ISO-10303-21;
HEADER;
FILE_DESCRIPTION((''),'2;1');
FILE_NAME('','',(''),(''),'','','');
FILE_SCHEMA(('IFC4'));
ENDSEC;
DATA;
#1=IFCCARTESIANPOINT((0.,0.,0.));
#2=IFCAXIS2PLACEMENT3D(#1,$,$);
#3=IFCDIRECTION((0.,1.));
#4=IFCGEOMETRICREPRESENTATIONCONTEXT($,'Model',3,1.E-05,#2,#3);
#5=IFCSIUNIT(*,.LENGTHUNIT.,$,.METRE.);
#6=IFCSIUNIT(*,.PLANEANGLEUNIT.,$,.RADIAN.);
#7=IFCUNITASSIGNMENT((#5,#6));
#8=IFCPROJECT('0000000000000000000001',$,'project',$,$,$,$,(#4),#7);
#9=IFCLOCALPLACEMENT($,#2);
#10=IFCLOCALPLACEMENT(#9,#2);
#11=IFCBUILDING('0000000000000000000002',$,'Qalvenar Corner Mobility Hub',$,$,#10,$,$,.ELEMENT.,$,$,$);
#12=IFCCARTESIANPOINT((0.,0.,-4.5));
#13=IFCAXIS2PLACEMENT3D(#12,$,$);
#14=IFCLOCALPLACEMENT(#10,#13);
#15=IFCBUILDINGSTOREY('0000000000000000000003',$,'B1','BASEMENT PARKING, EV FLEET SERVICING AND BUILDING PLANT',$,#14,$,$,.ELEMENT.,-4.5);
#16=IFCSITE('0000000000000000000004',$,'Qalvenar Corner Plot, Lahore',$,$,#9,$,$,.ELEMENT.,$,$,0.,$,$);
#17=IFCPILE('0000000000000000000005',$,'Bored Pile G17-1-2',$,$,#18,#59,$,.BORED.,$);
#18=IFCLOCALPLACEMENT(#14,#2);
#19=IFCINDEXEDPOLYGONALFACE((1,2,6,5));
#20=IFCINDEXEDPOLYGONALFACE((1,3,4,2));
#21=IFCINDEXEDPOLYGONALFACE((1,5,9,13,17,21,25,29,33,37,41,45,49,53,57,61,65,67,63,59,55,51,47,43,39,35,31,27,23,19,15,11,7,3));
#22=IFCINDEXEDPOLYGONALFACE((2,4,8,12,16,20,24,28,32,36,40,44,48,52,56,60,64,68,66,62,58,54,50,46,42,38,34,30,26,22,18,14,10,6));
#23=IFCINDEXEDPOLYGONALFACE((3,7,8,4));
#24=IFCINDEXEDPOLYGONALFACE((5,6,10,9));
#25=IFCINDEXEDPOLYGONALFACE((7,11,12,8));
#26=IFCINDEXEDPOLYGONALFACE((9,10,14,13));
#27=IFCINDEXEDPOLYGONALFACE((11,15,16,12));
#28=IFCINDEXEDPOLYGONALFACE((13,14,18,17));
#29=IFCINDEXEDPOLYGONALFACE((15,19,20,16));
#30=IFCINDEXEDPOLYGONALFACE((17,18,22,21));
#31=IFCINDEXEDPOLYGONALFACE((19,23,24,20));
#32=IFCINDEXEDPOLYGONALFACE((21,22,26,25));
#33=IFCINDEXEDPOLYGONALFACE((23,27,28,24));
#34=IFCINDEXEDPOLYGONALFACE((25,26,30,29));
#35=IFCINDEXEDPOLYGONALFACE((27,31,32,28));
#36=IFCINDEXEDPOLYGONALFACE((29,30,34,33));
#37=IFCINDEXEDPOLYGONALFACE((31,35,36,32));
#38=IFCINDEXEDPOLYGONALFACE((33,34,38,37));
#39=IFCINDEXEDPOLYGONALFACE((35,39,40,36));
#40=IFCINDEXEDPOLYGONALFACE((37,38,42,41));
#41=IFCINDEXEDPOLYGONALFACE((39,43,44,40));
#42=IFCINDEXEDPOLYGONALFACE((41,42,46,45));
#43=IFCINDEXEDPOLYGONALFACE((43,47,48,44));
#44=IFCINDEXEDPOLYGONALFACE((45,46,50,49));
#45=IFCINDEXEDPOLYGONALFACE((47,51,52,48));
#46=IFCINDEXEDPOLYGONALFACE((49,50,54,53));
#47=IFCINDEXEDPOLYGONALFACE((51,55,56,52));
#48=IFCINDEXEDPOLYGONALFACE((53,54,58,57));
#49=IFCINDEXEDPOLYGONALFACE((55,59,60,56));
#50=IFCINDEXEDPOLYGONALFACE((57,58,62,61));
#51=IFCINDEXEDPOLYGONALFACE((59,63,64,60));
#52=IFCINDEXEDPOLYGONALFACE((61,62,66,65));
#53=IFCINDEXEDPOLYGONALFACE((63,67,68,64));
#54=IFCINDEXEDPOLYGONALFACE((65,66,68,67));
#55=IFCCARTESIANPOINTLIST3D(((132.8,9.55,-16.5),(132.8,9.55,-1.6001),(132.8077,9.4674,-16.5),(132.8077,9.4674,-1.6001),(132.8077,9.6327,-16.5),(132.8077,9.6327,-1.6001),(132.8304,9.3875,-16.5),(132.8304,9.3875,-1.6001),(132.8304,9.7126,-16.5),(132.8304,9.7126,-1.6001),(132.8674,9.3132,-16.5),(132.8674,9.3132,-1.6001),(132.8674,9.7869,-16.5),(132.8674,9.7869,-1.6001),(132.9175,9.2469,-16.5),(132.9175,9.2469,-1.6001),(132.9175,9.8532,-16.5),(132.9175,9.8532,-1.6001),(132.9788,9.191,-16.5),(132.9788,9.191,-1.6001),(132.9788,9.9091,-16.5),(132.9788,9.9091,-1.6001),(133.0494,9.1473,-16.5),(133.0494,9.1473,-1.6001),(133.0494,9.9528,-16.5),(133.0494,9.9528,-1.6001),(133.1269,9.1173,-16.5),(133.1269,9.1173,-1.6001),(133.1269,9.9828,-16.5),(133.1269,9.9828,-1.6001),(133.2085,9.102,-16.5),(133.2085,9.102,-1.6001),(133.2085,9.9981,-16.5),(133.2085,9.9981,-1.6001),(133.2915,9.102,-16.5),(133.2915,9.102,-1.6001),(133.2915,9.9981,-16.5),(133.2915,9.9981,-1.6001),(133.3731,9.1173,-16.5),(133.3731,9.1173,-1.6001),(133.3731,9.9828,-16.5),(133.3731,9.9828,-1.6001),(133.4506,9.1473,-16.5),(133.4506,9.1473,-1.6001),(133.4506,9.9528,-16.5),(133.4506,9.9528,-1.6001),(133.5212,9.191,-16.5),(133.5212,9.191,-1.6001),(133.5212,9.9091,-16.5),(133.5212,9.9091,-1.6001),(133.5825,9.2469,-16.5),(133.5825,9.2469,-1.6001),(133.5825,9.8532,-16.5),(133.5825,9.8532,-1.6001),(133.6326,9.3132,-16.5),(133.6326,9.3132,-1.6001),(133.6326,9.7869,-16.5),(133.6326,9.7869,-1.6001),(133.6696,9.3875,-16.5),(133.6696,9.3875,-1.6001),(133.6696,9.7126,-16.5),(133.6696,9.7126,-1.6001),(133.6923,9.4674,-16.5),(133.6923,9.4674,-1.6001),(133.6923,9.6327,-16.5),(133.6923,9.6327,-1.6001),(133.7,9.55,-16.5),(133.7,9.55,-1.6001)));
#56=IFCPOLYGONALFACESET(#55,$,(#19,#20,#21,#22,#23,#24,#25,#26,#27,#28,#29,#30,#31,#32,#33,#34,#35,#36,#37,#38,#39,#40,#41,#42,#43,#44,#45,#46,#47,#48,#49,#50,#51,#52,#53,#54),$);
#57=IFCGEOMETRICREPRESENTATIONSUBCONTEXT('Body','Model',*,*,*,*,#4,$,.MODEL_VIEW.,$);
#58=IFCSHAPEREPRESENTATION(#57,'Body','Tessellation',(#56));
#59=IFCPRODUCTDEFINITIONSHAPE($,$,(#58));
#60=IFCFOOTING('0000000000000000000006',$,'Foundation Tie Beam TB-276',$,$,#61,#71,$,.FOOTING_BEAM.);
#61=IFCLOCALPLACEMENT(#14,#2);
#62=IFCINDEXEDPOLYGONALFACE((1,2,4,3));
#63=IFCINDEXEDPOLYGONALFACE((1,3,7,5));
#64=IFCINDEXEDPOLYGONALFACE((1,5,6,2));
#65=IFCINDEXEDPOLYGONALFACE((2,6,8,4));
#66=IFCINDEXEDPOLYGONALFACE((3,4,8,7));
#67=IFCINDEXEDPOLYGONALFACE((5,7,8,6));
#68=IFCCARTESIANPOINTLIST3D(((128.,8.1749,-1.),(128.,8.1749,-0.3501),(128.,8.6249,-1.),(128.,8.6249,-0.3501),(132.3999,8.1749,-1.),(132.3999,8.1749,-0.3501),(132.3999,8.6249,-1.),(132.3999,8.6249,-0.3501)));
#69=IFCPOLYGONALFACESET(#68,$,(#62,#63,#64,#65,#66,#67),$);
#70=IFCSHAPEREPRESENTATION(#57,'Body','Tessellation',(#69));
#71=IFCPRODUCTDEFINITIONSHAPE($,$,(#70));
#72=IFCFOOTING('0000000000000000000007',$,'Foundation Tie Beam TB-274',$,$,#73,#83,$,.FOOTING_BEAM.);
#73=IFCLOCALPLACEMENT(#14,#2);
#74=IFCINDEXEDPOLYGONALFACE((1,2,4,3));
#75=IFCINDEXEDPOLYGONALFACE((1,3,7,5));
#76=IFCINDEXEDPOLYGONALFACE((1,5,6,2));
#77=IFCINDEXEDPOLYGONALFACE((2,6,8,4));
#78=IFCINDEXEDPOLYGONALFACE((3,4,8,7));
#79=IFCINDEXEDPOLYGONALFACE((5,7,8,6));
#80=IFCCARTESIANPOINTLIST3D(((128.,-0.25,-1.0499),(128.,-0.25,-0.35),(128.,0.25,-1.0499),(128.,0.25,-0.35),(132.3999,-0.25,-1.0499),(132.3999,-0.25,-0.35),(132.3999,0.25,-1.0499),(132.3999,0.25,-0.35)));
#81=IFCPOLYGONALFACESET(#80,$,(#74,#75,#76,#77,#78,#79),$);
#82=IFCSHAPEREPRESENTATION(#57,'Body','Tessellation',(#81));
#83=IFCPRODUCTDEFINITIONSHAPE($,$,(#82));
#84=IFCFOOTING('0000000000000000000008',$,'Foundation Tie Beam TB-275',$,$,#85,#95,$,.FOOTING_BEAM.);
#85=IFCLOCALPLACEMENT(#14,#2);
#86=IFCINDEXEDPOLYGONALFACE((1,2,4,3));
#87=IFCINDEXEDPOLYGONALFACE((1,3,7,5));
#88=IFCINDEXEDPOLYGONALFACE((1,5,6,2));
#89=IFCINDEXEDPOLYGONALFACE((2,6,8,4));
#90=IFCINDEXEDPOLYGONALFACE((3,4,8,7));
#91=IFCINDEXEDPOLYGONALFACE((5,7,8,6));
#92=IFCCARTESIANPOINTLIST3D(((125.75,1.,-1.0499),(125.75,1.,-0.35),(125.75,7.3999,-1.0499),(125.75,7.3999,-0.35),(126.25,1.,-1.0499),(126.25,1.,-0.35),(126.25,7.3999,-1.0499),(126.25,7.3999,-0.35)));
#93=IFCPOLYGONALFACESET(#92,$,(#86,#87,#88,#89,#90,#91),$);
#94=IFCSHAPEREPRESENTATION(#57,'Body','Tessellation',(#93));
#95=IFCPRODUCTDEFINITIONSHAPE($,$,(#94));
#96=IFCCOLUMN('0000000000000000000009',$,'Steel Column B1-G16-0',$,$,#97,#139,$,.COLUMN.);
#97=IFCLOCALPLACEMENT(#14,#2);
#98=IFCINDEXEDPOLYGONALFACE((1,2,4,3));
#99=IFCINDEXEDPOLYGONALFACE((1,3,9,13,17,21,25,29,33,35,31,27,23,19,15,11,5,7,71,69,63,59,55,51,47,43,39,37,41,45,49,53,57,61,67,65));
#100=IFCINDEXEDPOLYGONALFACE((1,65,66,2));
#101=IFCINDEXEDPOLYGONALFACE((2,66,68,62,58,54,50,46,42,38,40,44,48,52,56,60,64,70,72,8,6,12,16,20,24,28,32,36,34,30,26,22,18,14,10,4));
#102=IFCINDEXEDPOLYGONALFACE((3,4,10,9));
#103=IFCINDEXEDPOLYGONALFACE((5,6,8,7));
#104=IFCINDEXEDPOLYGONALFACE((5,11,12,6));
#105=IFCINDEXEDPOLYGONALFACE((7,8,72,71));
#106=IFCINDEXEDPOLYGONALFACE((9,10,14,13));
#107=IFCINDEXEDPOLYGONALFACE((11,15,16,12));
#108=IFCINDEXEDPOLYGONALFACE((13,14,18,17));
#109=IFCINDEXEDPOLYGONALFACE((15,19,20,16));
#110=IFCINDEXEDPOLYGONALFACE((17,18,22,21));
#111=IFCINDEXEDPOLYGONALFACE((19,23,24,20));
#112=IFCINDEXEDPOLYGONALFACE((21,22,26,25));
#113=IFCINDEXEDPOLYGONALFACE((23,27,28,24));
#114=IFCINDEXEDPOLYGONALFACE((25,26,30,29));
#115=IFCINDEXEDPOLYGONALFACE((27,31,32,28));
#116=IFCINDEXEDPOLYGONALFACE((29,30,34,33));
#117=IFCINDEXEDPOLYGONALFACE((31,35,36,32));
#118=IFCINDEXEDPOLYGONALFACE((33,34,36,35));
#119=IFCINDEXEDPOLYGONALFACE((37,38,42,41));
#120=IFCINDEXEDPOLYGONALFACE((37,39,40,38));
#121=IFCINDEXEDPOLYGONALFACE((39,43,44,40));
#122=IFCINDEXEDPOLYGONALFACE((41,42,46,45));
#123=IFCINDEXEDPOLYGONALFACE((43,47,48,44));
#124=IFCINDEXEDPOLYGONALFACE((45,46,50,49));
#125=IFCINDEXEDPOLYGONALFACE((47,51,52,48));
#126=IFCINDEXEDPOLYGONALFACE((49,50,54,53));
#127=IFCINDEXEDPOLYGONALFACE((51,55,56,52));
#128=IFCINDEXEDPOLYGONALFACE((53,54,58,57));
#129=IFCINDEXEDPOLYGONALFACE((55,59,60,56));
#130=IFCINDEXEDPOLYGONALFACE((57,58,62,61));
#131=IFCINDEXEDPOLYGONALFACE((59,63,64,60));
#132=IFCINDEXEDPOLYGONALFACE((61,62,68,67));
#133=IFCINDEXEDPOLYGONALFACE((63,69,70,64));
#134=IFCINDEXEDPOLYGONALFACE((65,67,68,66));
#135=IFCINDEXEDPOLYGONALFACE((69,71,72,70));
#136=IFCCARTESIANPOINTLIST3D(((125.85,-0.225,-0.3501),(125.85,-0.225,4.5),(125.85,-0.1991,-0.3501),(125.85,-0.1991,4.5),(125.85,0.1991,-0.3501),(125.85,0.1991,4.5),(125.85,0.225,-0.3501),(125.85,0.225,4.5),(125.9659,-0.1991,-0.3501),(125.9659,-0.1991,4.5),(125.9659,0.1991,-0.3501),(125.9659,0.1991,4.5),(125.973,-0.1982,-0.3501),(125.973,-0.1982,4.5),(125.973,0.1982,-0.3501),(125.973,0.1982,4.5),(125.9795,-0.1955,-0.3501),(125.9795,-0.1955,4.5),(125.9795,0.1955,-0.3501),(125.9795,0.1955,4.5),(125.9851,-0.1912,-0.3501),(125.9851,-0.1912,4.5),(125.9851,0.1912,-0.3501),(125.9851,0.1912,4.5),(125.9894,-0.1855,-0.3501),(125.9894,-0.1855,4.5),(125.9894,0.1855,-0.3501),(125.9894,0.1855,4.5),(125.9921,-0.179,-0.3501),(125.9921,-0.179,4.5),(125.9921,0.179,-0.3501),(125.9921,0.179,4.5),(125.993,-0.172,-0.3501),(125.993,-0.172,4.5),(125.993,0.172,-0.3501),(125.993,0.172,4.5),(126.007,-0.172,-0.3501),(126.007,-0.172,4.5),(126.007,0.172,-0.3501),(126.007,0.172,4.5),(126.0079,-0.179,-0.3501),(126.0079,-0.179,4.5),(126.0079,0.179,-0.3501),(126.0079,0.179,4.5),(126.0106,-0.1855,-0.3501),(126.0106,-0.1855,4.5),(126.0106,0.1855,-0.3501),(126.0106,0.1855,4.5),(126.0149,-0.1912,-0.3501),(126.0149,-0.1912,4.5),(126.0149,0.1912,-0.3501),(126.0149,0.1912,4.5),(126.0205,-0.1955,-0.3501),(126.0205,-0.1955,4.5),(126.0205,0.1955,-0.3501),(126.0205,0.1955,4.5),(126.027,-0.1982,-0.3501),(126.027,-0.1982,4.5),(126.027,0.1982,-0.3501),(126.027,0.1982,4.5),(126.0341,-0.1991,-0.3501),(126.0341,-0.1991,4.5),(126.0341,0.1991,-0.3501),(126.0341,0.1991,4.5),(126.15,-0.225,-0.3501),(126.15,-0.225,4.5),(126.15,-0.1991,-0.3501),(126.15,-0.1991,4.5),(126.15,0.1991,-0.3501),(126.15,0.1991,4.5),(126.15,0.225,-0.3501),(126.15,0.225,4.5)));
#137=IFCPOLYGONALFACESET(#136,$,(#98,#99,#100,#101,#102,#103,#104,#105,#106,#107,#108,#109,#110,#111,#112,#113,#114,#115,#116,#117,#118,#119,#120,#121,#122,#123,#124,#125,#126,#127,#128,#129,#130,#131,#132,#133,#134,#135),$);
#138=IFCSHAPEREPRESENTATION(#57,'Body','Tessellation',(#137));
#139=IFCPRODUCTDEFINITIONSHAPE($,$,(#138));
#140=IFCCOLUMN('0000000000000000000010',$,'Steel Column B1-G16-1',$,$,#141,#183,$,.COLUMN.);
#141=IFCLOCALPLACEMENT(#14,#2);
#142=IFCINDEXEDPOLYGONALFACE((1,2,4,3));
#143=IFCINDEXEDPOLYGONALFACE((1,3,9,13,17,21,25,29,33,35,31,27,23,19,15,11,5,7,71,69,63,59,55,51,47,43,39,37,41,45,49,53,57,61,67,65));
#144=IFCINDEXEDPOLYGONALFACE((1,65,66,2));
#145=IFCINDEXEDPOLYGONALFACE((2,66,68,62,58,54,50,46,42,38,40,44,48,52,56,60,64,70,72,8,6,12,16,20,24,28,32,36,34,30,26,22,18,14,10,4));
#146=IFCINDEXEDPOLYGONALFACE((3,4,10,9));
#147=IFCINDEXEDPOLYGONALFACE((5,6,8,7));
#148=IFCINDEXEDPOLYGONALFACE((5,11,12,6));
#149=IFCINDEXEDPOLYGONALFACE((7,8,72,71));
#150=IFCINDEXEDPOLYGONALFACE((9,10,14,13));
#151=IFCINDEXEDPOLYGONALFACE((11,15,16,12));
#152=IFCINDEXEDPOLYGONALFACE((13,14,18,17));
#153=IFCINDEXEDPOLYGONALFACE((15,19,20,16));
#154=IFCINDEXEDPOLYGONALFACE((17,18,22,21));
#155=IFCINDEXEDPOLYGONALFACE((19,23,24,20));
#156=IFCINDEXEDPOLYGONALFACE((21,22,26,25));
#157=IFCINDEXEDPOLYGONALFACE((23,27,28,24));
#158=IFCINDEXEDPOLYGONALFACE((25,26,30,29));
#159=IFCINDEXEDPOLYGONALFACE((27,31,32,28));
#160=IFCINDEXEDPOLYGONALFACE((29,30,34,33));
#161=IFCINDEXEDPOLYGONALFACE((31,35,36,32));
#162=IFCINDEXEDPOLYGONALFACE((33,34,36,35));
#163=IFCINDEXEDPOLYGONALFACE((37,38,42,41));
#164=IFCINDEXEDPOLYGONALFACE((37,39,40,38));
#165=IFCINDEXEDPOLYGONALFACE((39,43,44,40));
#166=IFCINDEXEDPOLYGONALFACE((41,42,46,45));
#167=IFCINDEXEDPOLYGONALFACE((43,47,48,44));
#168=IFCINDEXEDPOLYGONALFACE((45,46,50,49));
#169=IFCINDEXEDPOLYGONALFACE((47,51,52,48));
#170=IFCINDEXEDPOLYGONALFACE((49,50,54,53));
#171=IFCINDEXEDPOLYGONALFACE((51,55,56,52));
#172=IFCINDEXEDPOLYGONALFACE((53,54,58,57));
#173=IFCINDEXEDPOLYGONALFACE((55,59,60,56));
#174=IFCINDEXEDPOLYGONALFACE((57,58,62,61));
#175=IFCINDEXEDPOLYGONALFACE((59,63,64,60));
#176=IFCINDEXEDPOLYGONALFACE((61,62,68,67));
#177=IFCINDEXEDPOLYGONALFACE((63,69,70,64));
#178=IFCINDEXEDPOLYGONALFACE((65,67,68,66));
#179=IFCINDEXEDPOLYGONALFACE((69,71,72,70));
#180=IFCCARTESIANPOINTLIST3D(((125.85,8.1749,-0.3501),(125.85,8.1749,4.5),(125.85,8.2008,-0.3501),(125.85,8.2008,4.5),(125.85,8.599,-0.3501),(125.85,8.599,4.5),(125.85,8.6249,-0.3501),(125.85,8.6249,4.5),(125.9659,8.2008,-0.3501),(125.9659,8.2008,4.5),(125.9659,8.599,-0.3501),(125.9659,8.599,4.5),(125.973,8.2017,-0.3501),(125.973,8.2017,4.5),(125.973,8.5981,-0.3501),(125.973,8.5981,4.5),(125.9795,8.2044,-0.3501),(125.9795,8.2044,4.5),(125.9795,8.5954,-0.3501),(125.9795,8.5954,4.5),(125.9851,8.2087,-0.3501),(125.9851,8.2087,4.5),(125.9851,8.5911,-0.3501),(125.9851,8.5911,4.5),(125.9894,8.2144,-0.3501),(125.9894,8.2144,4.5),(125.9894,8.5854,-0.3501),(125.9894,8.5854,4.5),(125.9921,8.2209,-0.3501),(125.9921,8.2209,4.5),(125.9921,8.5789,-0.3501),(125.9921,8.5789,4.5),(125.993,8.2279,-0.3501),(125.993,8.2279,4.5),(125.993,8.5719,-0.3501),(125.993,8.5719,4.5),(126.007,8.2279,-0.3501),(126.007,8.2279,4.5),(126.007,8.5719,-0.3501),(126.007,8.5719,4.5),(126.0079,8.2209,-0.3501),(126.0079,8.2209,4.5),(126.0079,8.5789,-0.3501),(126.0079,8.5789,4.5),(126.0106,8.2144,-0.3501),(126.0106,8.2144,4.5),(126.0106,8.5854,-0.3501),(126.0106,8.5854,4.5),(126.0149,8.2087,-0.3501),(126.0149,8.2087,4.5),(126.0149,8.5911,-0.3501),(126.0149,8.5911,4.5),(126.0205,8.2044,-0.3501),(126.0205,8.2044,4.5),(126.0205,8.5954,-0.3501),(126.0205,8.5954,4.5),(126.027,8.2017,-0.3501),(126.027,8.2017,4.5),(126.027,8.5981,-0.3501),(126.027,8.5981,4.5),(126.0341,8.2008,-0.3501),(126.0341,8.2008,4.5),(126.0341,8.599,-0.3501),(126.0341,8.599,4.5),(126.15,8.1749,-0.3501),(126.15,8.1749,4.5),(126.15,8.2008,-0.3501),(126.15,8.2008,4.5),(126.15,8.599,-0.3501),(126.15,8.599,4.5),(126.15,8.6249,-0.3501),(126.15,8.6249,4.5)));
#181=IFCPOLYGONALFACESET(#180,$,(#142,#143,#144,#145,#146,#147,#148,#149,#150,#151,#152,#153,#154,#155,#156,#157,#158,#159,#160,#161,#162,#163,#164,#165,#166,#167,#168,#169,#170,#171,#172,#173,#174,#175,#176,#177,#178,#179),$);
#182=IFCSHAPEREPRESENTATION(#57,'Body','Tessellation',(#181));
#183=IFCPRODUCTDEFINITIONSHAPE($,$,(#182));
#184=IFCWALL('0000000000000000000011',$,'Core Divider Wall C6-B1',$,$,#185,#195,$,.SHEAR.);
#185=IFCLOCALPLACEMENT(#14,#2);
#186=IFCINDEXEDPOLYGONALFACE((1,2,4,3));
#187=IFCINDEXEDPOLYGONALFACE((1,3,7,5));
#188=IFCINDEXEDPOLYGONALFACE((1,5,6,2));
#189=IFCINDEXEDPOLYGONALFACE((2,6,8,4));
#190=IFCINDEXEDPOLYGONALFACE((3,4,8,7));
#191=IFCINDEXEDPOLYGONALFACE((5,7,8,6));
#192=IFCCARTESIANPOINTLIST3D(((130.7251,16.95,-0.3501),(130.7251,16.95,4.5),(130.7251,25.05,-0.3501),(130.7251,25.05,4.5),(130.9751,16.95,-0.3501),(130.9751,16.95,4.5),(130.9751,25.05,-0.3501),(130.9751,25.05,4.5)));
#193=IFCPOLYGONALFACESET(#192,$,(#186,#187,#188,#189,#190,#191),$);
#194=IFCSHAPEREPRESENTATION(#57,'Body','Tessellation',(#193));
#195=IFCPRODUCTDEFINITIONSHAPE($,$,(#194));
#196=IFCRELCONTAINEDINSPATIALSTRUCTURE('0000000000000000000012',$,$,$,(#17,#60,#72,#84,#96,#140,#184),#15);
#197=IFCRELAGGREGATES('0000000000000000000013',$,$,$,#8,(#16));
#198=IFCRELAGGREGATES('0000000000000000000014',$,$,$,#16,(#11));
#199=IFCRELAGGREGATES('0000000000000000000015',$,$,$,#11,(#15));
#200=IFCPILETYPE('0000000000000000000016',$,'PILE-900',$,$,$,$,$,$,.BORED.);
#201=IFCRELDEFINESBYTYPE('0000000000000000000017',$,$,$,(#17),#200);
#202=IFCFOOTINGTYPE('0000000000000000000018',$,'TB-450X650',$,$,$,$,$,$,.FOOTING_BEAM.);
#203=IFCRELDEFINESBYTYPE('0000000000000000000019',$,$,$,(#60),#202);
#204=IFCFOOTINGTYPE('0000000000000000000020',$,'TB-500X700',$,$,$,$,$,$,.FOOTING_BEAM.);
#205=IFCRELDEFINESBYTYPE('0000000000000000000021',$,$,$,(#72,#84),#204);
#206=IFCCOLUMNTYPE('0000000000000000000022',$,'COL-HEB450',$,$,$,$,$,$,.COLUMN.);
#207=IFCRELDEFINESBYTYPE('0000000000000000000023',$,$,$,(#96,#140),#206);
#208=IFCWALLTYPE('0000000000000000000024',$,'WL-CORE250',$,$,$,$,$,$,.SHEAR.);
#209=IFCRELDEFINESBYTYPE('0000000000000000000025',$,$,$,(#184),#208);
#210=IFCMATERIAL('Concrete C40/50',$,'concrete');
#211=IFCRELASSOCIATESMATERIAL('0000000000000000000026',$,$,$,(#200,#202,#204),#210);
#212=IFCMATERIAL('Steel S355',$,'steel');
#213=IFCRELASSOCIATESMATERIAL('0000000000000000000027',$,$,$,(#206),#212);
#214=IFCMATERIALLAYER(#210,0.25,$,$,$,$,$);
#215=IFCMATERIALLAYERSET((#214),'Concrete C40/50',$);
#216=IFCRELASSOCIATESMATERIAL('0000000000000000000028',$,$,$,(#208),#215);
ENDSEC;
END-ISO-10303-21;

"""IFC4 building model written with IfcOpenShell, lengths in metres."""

from ifc_helpers import new_model, si_unit, direction, frame, frame_2d, origin, origin_2d, place, context, subcontext, project, spatial, rectangle, circle, i_section, extrude, material, layer, layer_set, material_profile, profile_set, type_object, element, save


model = new_model("IFC4")

# Units and contexts
model_context = context("Model", 3, precision=1e-05, world=origin(), true_north=direction((0.0, 1.0)))
body_context = subcontext(model_context, "Body", "Model", "MODEL_VIEW")
ifc_project = project(units=[si_unit("LENGTHUNIT", "METRE"), si_unit("PLANEANGLEUNIT", "RADIAN")], contexts=[model_context])

# Site, building, storey
site_placement = place(None, origin())
site = spatial("IfcSite", under=ifc_project, at=site_placement, Name="Qalvenar Corner Plot, Lahore", CompositionType="ELEMENT", RefElevation=0.0)
building_placement = place(site_placement, origin())
building = spatial("IfcBuilding", under=site, at=building_placement, Name="Qalvenar Corner Mobility Hub", CompositionType="ELEMENT")
storey_placement = place(building_placement, frame((0.0, 0.0, -4.5)))
storey = spatial("IfcBuildingStorey", under=building, at=storey_placement, Name="B1", Description="BASEMENT PARKING, EV FLEET SERVICING AND BUILDING PLANT", CompositionType="ELEMENT", Elevation=-4.5)

# Shared definitions
ifc_material_1 = material(Name="Concrete C40/50", Category="concrete")

# Pile
ifc_material_profile_1 = material_profile(ifc_material_1, circle(Radius=0.45, at=origin_2d()), Name="DIA900")
ifc_profile_set_1 = profile_set([ifc_material_profile_1], Name="Concrete C40/50")
pile_type_1 = type_object("IfcPileType", Name="PILE-900", PredefinedType="BORED", material=ifc_profile_set_1)
for number, where, z_axis, x_axis, name in (
    (1, (133.25, 9.55, -1.6001), (0.0, 0.0, -1.0), (1.0, 0.0, 0.0), "Bored Pile G17-1-2"),
):
    element("IfcPile", number, at=place(storey_placement, frame(where, z_axis=z_axis, x_axis=x_axis)), inside=storey, type_object=pile_type_1, Name=name, PredefinedType="BORED", context=body_context, shape_type="SweptSolid", body=[
        extrude(circle(Radius=0.45, at=origin_2d()), origin(), (0.0, 0.0, 1.0), 14.8999),
    ])

# Footings
ifc_material_profile_2 = material_profile(ifc_material_1, rectangle(XDim=0.45, YDim=0.6499, at=origin_2d()), Name="RC450x650")
ifc_profile_set_2 = profile_set([ifc_material_profile_2], Name="Concrete C40/50")
footing_type_1 = type_object("IfcFootingType", Name="TB-450X650", PredefinedType="FOOTING_BEAM", material=ifc_profile_set_2)
footing_1_placement = place(storey_placement, frame((128.0, 8.3999, -0.675), z_axis=(1.0, 0.0, 0.0), x_axis=(0.0, 1.0, 0.0)))
element("IfcFooting", 2, at=footing_1_placement, inside=storey, type_object=footing_type_1, Name="Foundation Tie Beam TB-276", PredefinedType="FOOTING_BEAM", context=body_context, shape_type="SweptSolid", body=[
    extrude(rectangle(XDim=0.45, YDim=0.6499, at=origin_2d()), origin(), (0.0, 0.0, 1.0), 4.3999),
])
ifc_material_profile_3 = material_profile(ifc_material_1, rectangle(XDim=0.5, YDim=0.7, at=origin_2d()), Name="RC500x700")
ifc_profile_set_3 = profile_set([ifc_material_profile_3], Name="Concrete C40/50")
footing_type_2 = type_object("IfcFootingType", Name="TB-500X700", PredefinedType="FOOTING_BEAM", material=ifc_profile_set_3)
footing_2_placement = place(storey_placement, frame((128.0, 0.0, -0.7), z_axis=(1.0, 0.0, 0.0), x_axis=(0.0, 1.0, 0.0)))
element("IfcFooting", 3, at=footing_2_placement, inside=storey, type_object=footing_type_2, Name="Foundation Tie Beam TB-274", PredefinedType="FOOTING_BEAM", context=body_context, shape_type="SweptSolid", body=[
    extrude(rectangle(XDim=0.5, YDim=0.7, at=origin_2d()), origin(), (0.0, 0.0, 1.0), 4.3999),
])
footing_3_placement = place(storey_placement, frame((126.0, 1.0, -0.7), z_axis=(0.0, 1.0, 0.0), x_axis=(-1.0, 0.0, 0.0)))
element("IfcFooting", 4, at=footing_3_placement, inside=storey, type_object=footing_type_2, Name="Foundation Tie Beam TB-275", PredefinedType="FOOTING_BEAM", context=body_context, shape_type="SweptSolid", body=[
    extrude(rectangle(XDim=0.5, YDim=0.7, at=origin_2d()), origin(), (0.0, 0.0, 1.0), 6.3999),
])

# Columns
ifc_material_2 = material(Name="Steel S355", Category="steel")
ifc_material_profile_4 = material_profile(ifc_material_2, i_section(OverallWidth=0.3, OverallDepth=0.45, WebThickness=0.0139, FlangeThickness=0.0259, FilletRadius=0.0271, at=origin_2d()), Name="HEB450")
ifc_profile_set_4 = profile_set([ifc_material_profile_4], Name="Steel S355")
column_type = type_object("IfcColumnType", Name="COL-HEB450", PredefinedType="COLUMN", material=ifc_profile_set_4)
for number, where, z_axis, x_axis, name in (
    (5, (126.0, 0.0, -0.3501), (0.0, 0.0, 1.0), (1.0, 0.0, 0.0), "Steel Column B1-G16-0"),
    (6, (126.0, 8.3999, -0.3501), (0.0, 0.0, 1.0), (1.0, 0.0, 0.0), "Steel Column B1-G16-1"),
):
    element("IfcColumn", number, at=place(storey_placement, frame(where, z_axis=z_axis, x_axis=x_axis)), inside=storey, type_object=column_type, Name=name, PredefinedType="COLUMN", context=body_context, shape_type="SweptSolid", body=[
        extrude(i_section(OverallWidth=0.3, OverallDepth=0.45, WebThickness=0.0139, FlangeThickness=0.0259, FilletRadius=0.0271, at=origin_2d()), origin(), (0.0, 0.0, 1.0), 4.8501),
    ])

# Wall
ifc_layer_1 = layer(ifc_material_1, 0.25)
ifc_layer_set_1 = layer_set([ifc_layer_1], Name="Concrete C40/50")
wall_type_1 = type_object("IfcWallType", Name="WL-CORE250", PredefinedType="SHEAR", material=ifc_layer_set_1)
wall_1_placement = place(storey_placement, frame((130.8501, 16.95, -0.3501), z_axis=(0.0, 0.0, 1.0), x_axis=(0.0, 1.0, 0.0)))
element("IfcWall", 7, at=wall_1_placement, inside=storey, type_object=wall_type_1, Name="Core Divider Wall C6-B1", PredefinedType="SHEAR", context=body_context, shape_type="SweptSolid", body=[
    extrude(rectangle(XDim=8.1001, YDim=0.25, at=frame_2d((4.05, 0.0))), origin(), (0.0, 0.0, 1.0), 4.8501),
])

save(model, "model.ifc")
